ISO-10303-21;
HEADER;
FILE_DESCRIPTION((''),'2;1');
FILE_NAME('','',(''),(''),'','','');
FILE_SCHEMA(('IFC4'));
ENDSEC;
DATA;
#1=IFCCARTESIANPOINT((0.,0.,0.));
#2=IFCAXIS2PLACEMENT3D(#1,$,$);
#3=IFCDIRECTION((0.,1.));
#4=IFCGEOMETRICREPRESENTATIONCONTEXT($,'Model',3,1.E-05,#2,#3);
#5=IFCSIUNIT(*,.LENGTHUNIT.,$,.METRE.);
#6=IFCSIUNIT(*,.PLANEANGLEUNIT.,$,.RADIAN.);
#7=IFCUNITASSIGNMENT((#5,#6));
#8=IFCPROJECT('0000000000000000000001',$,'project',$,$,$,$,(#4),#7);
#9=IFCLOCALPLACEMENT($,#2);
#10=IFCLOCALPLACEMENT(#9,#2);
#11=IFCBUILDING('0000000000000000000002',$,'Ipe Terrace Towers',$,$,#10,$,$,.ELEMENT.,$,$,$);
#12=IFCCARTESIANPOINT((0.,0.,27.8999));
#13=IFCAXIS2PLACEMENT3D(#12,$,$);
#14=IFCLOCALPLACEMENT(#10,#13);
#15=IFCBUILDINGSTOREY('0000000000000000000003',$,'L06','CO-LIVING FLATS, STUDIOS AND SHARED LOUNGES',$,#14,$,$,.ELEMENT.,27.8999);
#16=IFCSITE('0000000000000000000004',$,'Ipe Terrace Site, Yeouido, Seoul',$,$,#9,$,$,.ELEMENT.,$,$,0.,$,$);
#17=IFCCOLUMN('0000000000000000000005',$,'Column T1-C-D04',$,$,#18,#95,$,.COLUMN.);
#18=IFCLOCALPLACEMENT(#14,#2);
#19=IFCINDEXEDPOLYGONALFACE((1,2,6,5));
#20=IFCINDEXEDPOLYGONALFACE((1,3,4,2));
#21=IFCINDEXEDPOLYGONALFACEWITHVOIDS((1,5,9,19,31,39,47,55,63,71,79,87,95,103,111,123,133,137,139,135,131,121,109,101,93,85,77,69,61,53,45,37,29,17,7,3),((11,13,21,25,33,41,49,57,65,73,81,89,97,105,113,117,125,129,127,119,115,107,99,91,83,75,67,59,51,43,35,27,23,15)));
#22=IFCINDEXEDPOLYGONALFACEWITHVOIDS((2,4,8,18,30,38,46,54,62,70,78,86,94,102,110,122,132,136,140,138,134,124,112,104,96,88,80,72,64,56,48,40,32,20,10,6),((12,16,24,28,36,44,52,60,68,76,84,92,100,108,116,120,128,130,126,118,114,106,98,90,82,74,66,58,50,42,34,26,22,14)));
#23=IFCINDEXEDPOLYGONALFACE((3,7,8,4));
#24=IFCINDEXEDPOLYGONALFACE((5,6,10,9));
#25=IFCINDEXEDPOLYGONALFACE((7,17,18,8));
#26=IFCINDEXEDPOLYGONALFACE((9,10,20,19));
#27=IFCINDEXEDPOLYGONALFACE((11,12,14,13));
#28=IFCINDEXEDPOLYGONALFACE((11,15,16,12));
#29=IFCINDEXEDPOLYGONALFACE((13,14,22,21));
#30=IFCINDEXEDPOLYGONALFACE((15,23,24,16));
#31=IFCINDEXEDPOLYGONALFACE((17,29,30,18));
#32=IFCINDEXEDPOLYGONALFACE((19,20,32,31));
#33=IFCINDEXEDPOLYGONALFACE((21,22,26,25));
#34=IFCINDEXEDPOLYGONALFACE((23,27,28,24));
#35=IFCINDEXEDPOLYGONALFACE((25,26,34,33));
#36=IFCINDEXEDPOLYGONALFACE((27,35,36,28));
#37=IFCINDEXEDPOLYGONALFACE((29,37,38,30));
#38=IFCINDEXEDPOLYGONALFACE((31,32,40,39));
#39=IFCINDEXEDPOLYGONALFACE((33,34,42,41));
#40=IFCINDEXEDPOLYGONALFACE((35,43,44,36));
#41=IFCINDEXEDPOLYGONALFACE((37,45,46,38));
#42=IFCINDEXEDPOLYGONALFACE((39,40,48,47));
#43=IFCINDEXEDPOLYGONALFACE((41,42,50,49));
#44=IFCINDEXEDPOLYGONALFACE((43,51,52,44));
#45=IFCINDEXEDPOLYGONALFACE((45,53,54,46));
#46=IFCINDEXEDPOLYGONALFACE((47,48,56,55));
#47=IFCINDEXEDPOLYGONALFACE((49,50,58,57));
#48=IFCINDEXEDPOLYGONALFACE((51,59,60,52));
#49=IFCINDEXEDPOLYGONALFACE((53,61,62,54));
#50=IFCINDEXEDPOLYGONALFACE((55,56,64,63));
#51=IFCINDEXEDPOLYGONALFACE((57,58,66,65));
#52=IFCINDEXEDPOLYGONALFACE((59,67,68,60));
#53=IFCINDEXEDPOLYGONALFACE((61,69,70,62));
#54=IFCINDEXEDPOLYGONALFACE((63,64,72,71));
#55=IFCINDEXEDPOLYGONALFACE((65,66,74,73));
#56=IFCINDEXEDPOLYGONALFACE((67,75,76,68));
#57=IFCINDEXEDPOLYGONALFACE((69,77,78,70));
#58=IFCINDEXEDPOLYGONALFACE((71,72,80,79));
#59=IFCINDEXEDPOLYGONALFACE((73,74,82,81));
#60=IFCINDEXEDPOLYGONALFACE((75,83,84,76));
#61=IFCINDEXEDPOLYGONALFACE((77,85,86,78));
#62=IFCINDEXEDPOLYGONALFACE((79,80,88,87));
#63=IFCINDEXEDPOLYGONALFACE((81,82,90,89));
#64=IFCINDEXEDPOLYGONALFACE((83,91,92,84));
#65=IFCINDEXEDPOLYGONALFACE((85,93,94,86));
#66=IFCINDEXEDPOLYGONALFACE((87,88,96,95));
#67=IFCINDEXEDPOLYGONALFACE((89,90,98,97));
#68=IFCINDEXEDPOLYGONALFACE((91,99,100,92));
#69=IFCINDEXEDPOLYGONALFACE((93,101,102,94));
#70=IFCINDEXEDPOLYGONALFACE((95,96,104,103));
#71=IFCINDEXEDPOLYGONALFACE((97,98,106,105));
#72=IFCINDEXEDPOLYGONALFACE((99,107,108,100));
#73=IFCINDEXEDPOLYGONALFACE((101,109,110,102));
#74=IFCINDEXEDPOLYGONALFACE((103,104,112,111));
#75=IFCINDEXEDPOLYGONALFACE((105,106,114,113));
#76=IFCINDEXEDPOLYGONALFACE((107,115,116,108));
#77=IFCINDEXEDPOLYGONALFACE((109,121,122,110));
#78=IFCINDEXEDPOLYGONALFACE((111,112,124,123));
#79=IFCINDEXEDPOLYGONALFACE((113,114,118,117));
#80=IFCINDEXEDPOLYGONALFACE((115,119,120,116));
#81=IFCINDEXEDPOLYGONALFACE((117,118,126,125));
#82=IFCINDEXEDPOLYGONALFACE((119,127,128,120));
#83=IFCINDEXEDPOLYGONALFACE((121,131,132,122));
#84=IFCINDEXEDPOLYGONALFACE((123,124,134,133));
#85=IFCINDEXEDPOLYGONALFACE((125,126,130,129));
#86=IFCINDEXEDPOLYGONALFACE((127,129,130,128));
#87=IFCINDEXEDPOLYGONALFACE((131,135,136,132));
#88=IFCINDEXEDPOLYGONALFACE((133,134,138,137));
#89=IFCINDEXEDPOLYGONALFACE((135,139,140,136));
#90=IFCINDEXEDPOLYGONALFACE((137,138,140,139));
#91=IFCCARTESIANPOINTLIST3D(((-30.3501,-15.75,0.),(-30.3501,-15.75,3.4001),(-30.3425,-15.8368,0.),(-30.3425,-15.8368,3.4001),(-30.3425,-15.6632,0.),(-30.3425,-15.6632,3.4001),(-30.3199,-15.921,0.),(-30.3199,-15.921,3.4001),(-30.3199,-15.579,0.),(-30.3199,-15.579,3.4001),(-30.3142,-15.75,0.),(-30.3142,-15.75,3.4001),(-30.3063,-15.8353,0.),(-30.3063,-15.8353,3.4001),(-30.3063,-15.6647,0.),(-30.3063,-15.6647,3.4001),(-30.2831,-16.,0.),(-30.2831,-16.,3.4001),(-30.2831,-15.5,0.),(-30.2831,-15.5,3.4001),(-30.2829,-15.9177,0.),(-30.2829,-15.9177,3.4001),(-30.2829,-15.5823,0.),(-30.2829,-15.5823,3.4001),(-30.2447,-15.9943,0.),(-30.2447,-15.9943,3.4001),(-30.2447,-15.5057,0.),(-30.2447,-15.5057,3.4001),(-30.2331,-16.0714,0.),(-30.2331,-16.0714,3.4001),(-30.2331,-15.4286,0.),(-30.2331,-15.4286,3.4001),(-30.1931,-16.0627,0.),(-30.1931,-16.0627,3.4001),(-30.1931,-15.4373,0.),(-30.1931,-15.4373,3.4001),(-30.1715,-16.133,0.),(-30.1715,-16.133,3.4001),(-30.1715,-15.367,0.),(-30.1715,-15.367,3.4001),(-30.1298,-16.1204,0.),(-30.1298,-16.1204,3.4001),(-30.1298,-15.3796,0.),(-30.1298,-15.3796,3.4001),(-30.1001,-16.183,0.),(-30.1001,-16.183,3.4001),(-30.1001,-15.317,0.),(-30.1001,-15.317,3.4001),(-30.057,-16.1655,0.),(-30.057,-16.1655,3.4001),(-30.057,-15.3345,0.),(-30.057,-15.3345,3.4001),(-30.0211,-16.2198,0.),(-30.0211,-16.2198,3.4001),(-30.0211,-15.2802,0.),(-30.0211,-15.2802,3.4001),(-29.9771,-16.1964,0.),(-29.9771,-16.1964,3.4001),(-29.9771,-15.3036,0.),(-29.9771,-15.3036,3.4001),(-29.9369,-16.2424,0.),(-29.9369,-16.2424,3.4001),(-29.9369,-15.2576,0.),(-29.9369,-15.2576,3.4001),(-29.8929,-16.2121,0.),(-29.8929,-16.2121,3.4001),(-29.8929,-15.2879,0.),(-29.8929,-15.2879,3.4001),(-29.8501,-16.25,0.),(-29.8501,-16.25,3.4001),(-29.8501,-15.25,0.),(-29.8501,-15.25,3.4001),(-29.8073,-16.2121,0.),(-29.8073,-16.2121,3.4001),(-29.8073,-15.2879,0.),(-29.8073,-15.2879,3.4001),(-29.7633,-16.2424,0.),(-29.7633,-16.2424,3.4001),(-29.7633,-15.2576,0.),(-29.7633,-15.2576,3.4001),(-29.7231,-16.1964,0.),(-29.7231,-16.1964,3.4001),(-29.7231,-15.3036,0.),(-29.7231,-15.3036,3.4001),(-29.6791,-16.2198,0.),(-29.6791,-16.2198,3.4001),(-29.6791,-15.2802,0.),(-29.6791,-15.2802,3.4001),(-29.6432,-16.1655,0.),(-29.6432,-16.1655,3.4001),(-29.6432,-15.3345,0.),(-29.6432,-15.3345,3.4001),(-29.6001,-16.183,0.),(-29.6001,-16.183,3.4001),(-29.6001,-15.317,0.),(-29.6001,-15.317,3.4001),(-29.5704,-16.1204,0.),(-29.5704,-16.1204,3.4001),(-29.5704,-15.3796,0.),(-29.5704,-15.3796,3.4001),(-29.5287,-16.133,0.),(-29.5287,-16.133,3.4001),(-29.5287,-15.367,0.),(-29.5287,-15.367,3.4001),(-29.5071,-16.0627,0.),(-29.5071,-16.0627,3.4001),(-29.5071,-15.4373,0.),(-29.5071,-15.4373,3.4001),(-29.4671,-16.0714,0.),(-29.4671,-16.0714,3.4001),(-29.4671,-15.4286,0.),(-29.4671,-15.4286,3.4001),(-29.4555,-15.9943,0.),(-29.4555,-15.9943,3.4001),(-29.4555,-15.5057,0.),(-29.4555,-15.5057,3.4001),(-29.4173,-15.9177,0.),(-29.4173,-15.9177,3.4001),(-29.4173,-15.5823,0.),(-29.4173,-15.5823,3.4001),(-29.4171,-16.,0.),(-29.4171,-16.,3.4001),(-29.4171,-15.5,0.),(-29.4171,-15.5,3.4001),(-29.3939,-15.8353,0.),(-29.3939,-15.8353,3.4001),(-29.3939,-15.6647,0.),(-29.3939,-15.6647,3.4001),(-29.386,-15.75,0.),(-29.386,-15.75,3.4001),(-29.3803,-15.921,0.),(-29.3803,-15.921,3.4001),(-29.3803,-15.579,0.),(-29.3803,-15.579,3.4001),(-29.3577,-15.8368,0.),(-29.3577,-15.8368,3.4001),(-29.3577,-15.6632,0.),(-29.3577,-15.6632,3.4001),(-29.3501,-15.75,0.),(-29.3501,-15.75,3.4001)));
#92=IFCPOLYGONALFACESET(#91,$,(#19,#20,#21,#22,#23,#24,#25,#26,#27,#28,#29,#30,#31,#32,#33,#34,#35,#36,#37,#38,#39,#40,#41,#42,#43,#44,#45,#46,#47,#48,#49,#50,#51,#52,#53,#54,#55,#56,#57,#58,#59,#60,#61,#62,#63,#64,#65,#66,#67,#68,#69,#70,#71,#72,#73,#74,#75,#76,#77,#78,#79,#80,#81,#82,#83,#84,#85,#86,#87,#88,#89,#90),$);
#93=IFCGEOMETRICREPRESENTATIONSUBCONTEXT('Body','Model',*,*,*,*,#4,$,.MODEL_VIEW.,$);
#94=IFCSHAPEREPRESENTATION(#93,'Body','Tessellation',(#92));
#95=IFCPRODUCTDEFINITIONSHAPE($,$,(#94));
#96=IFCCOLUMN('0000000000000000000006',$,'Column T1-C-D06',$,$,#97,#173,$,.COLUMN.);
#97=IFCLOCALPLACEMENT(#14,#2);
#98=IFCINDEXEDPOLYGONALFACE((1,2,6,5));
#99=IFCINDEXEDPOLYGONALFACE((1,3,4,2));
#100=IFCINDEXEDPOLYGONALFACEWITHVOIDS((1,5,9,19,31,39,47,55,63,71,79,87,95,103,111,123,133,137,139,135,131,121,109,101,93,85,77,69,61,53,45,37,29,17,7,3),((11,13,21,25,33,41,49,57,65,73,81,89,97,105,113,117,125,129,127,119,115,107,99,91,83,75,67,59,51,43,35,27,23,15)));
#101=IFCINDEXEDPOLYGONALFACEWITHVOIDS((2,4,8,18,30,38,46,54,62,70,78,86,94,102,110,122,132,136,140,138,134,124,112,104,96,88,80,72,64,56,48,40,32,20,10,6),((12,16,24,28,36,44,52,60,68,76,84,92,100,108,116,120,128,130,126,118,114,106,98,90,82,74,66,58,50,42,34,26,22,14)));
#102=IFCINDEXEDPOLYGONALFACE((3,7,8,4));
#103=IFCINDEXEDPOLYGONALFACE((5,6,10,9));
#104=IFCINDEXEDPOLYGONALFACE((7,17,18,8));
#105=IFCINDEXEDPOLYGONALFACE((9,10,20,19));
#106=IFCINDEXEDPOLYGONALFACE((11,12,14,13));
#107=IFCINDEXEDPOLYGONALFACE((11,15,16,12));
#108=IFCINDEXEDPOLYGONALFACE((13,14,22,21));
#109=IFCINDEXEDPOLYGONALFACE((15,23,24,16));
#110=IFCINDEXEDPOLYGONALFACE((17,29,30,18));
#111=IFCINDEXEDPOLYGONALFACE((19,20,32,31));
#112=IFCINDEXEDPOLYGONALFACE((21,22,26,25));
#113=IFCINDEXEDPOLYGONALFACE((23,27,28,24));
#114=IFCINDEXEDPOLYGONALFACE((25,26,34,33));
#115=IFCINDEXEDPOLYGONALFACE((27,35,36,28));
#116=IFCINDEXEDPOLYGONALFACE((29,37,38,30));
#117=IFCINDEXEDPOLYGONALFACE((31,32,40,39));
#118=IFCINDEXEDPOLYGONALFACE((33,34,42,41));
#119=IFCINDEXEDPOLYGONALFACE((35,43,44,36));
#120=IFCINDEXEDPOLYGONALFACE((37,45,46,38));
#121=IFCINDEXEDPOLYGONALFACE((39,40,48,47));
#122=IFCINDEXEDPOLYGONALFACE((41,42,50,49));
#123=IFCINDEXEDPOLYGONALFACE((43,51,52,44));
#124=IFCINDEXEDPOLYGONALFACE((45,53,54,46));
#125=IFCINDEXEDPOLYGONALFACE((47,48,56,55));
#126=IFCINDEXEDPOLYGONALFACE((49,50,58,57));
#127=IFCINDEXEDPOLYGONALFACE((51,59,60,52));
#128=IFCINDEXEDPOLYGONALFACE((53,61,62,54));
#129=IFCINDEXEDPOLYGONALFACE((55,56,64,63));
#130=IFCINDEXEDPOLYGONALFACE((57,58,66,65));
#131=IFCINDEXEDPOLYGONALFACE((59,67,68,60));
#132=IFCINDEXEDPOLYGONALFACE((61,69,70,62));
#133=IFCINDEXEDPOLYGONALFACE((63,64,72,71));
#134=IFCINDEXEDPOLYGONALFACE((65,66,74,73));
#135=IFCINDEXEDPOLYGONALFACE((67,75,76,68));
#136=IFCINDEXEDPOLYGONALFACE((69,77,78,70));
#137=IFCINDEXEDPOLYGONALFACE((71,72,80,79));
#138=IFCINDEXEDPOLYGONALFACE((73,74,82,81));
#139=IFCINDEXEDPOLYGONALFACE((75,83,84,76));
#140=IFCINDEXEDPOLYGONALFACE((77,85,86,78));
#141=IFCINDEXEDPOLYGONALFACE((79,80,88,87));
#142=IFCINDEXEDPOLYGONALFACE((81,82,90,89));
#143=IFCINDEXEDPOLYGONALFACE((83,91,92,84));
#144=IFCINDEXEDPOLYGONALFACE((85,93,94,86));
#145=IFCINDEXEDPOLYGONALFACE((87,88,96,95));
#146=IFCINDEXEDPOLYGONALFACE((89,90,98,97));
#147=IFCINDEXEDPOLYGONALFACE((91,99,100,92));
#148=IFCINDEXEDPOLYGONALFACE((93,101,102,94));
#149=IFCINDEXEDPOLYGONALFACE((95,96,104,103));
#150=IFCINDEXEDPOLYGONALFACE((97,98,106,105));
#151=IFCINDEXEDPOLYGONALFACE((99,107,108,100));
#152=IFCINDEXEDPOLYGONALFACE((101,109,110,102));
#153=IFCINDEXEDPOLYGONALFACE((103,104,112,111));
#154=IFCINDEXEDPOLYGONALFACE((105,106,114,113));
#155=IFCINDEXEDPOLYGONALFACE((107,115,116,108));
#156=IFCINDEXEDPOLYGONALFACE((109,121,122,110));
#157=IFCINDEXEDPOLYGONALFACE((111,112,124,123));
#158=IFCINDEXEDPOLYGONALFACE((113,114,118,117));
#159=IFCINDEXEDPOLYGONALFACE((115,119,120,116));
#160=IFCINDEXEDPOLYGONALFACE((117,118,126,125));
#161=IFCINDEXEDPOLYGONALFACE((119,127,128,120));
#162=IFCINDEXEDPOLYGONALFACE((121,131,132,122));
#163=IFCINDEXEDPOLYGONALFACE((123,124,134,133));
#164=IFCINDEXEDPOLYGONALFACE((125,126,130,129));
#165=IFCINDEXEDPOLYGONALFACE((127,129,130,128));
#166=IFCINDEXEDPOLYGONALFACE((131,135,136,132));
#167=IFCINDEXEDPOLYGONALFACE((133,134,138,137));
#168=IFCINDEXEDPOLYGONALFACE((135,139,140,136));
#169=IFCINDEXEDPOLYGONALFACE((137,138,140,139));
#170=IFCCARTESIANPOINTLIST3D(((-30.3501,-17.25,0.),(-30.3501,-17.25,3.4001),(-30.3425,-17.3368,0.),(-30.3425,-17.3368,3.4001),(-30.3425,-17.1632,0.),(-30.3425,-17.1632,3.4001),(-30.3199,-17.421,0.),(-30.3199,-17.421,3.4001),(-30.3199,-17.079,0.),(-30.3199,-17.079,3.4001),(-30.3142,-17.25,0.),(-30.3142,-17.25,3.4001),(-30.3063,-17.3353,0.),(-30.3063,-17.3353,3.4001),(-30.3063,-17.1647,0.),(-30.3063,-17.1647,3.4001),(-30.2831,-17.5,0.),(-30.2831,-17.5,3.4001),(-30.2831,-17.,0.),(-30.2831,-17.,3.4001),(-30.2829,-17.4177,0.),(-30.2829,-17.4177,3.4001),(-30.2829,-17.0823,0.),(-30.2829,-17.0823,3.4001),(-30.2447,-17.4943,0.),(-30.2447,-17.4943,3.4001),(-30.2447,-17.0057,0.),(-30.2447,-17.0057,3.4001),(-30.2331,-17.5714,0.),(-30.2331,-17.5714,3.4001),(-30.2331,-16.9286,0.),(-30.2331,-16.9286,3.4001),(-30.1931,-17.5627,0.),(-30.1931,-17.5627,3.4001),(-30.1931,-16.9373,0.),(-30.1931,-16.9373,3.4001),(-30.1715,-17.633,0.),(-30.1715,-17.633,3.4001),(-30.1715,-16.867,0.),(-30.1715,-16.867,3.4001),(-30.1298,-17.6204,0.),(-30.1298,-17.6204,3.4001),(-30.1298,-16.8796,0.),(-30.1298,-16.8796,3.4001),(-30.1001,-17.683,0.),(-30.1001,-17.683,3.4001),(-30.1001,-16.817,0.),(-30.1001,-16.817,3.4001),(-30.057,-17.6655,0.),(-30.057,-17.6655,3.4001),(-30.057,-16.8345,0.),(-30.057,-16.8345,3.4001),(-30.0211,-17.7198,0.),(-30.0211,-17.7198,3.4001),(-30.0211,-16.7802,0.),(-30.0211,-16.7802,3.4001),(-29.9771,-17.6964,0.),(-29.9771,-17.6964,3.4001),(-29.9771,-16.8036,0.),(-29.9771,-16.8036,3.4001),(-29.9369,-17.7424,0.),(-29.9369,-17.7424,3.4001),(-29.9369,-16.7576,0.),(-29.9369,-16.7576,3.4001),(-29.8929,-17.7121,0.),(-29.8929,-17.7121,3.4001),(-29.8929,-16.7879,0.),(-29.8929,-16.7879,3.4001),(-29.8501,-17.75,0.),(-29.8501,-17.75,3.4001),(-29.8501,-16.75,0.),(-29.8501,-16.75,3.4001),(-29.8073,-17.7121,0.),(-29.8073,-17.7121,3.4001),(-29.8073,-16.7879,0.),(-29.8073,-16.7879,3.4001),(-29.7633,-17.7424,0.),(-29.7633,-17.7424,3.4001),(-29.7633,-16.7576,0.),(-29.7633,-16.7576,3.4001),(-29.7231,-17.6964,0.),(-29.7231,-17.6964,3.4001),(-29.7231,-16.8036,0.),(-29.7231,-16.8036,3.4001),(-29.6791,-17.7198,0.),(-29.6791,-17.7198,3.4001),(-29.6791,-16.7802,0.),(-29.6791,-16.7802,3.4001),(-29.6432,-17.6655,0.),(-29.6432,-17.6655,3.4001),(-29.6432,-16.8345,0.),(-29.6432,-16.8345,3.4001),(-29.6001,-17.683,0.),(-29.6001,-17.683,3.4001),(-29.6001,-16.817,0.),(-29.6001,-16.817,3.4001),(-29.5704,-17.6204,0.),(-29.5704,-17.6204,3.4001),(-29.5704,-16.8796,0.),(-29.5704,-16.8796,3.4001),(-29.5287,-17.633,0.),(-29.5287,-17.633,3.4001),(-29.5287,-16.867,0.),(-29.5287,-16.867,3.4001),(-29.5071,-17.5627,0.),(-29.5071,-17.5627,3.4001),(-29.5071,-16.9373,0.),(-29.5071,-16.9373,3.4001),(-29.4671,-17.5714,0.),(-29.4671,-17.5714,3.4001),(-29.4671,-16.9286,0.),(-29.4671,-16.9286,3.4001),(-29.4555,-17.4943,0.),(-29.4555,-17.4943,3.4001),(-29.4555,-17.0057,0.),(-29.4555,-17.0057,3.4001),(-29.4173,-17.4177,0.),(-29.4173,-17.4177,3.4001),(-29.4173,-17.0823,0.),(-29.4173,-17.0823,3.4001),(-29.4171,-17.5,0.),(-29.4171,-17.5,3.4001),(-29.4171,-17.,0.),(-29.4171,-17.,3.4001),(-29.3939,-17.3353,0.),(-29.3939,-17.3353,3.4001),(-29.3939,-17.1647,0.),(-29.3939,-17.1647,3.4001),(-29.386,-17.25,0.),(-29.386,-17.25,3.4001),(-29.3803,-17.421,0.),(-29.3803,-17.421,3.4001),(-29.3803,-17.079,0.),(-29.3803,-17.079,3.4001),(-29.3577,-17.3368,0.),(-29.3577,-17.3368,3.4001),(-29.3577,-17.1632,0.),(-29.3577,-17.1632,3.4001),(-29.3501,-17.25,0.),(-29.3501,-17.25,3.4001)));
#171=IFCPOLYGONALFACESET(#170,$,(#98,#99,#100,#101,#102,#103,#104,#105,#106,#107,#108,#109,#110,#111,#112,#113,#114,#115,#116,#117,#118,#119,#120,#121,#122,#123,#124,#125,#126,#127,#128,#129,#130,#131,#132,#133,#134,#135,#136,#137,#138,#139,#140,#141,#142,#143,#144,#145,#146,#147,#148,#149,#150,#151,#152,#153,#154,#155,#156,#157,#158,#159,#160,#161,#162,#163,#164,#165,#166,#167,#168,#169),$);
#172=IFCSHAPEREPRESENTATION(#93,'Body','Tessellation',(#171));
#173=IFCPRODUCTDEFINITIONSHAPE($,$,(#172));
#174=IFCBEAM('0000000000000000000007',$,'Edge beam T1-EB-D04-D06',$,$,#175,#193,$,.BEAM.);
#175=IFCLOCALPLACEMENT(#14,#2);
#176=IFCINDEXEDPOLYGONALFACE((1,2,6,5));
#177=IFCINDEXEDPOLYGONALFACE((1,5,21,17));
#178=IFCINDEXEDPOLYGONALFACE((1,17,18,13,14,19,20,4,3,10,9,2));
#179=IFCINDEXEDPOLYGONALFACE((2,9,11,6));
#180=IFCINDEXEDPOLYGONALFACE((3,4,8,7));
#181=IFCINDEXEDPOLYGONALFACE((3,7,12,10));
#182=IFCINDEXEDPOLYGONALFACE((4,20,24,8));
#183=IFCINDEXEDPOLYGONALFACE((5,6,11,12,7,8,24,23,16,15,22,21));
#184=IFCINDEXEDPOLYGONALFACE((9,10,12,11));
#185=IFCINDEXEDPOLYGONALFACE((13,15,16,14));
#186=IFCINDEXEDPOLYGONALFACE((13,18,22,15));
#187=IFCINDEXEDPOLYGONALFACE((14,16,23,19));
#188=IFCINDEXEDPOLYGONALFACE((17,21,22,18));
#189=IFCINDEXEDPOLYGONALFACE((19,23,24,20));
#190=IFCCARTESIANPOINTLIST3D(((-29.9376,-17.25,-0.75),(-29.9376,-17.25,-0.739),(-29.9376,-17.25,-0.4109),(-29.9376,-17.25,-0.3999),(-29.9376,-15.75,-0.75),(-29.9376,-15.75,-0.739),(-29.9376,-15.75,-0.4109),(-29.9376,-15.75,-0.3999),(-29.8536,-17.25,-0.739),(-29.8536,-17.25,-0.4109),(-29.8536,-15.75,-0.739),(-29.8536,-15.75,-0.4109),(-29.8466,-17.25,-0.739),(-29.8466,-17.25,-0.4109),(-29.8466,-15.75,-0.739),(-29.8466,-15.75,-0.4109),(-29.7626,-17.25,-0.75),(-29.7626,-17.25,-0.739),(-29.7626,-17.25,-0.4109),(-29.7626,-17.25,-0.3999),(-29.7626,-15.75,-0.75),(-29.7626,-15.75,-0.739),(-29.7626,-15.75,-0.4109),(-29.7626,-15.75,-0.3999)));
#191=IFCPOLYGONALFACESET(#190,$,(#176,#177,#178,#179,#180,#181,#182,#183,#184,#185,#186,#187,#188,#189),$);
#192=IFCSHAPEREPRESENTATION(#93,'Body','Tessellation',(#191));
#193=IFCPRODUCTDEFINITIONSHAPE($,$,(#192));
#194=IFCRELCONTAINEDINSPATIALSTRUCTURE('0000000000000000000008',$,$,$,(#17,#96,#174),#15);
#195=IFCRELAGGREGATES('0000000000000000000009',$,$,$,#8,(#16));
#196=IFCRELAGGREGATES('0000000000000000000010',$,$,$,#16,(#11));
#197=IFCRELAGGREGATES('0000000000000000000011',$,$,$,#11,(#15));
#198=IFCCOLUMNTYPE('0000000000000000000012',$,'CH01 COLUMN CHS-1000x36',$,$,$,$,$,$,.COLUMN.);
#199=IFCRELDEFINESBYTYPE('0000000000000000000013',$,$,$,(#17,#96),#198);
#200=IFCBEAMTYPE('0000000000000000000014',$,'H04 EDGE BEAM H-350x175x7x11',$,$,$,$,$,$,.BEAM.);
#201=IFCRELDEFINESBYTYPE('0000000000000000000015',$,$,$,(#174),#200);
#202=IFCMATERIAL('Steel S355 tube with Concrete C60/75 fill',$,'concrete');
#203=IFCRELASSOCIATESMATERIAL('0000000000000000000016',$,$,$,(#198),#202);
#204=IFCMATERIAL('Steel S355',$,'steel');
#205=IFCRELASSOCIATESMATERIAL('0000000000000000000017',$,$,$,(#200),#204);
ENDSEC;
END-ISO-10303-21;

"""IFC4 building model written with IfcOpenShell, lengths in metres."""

from ifc_helpers import new_model, si_unit, direction, frame, origin, origin_2d, place, context, subcontext, project, spatial, hollow_circle, i_section, extrude, material, material_profile, profile_set, type_object, element, save


model = new_model("IFC4")

# Units and contexts
model_context = context("Model", 3, precision=1e-05, world=origin(), true_north=direction((0.0, 1.0)))
body_context = subcontext(model_context, "Body", "Model", "MODEL_VIEW")
ifc_project = project(units=[si_unit("LENGTHUNIT", "METRE"), si_unit("PLANEANGLEUNIT", "RADIAN")], contexts=[model_context])

# Site, building, storey
site_placement = place(None, origin())
site = spatial("IfcSite", under=ifc_project, at=site_placement, Name="Ipe Terrace Site, Yeouido, Seoul", CompositionType="ELEMENT", RefElevation=0.0)
building_placement = place(site_placement, origin())
building = spatial("IfcBuilding", under=site, at=building_placement, Name="Ipe Terrace Towers", CompositionType="ELEMENT")
storey_placement = place(building_placement, frame((0.0, 0.0, 27.8999)))
storey = spatial("IfcBuildingStorey", under=building, at=storey_placement, Name="L06", Description="CO-LIVING FLATS, STUDIOS AND SHARED LOUNGES", CompositionType="ELEMENT", Elevation=27.8999)

# Columns
ifc_material_1 = material(Name="Steel S355 tube with Concrete C60/75 fill", Category="concrete")
ifc_material_profile_1 = material_profile(ifc_material_1, hollow_circle(Radius=0.5, WallThickness=0.0359, at=origin_2d()), Name="CHS-1000x36")
ifc_profile_set_1 = profile_set([ifc_material_profile_1], Name="Steel S355 tube with Concrete C60/75 fill")
column_type = type_object("IfcColumnType", Name="CH01 COLUMN CHS-1000x36", PredefinedType="COLUMN", material=ifc_profile_set_1)
for number, where, z_axis, x_axis, name in (
    (1, (-29.8501, -15.75, 0.0), (0.0, 0.0, 1.0), (1.0, 0.0, 0.0), "Column T1-C-D04"),
    (2, (-29.8501, -17.25, 0.0), (0.0, 0.0, 1.0), (1.0, 0.0, 0.0), "Column T1-C-D06"),
):
    element("IfcColumn", number, at=place(storey_placement, frame(where, z_axis=z_axis, x_axis=x_axis)), inside=storey, type_object=column_type, Name=name, PredefinedType="COLUMN", context=body_context, shape_type="SweptSolid", body=[
        extrude(hollow_circle(Radius=0.5, WallThickness=0.0359, at=origin_2d()), origin(), (0.0, 0.0, 1.0), 3.4001),
    ])

# Beam
ifc_material_2 = material(Name="Steel S355", Category="steel")
ifc_material_profile_2 = material_profile(ifc_material_2, i_section(OverallWidth=0.175, OverallDepth=0.3501, WebThickness=0.0071, FlangeThickness=0.011, at=origin_2d()), Name="H-350x175x7x11")
ifc_profile_set_2 = profile_set([ifc_material_profile_2], Name="Steel S355")
beam_type = type_object("IfcBeamType", Name="H04 EDGE BEAM H-350x175x7x11", PredefinedType="BEAM", material=ifc_profile_set_2)
beam_placement = place(storey_placement, frame((-29.8501, -15.75, -0.575), z_axis=(0.0, -1.0, 0.0), x_axis=(1.0, 0.0, 0.0)))
element("IfcBeam", 3, at=beam_placement, inside=storey, type_object=beam_type, Name="Edge beam T1-EB-D04-D06", PredefinedType="BEAM", context=body_context, shape_type="SweptSolid", body=[
    extrude(i_section(OverallWidth=0.175, OverallDepth=0.3501, WebThickness=0.0071, FlangeThickness=0.011, at=origin_2d()), origin(), (0.0, 0.0, 1.0), 1.5),
])

save(model, "model.ifc")
